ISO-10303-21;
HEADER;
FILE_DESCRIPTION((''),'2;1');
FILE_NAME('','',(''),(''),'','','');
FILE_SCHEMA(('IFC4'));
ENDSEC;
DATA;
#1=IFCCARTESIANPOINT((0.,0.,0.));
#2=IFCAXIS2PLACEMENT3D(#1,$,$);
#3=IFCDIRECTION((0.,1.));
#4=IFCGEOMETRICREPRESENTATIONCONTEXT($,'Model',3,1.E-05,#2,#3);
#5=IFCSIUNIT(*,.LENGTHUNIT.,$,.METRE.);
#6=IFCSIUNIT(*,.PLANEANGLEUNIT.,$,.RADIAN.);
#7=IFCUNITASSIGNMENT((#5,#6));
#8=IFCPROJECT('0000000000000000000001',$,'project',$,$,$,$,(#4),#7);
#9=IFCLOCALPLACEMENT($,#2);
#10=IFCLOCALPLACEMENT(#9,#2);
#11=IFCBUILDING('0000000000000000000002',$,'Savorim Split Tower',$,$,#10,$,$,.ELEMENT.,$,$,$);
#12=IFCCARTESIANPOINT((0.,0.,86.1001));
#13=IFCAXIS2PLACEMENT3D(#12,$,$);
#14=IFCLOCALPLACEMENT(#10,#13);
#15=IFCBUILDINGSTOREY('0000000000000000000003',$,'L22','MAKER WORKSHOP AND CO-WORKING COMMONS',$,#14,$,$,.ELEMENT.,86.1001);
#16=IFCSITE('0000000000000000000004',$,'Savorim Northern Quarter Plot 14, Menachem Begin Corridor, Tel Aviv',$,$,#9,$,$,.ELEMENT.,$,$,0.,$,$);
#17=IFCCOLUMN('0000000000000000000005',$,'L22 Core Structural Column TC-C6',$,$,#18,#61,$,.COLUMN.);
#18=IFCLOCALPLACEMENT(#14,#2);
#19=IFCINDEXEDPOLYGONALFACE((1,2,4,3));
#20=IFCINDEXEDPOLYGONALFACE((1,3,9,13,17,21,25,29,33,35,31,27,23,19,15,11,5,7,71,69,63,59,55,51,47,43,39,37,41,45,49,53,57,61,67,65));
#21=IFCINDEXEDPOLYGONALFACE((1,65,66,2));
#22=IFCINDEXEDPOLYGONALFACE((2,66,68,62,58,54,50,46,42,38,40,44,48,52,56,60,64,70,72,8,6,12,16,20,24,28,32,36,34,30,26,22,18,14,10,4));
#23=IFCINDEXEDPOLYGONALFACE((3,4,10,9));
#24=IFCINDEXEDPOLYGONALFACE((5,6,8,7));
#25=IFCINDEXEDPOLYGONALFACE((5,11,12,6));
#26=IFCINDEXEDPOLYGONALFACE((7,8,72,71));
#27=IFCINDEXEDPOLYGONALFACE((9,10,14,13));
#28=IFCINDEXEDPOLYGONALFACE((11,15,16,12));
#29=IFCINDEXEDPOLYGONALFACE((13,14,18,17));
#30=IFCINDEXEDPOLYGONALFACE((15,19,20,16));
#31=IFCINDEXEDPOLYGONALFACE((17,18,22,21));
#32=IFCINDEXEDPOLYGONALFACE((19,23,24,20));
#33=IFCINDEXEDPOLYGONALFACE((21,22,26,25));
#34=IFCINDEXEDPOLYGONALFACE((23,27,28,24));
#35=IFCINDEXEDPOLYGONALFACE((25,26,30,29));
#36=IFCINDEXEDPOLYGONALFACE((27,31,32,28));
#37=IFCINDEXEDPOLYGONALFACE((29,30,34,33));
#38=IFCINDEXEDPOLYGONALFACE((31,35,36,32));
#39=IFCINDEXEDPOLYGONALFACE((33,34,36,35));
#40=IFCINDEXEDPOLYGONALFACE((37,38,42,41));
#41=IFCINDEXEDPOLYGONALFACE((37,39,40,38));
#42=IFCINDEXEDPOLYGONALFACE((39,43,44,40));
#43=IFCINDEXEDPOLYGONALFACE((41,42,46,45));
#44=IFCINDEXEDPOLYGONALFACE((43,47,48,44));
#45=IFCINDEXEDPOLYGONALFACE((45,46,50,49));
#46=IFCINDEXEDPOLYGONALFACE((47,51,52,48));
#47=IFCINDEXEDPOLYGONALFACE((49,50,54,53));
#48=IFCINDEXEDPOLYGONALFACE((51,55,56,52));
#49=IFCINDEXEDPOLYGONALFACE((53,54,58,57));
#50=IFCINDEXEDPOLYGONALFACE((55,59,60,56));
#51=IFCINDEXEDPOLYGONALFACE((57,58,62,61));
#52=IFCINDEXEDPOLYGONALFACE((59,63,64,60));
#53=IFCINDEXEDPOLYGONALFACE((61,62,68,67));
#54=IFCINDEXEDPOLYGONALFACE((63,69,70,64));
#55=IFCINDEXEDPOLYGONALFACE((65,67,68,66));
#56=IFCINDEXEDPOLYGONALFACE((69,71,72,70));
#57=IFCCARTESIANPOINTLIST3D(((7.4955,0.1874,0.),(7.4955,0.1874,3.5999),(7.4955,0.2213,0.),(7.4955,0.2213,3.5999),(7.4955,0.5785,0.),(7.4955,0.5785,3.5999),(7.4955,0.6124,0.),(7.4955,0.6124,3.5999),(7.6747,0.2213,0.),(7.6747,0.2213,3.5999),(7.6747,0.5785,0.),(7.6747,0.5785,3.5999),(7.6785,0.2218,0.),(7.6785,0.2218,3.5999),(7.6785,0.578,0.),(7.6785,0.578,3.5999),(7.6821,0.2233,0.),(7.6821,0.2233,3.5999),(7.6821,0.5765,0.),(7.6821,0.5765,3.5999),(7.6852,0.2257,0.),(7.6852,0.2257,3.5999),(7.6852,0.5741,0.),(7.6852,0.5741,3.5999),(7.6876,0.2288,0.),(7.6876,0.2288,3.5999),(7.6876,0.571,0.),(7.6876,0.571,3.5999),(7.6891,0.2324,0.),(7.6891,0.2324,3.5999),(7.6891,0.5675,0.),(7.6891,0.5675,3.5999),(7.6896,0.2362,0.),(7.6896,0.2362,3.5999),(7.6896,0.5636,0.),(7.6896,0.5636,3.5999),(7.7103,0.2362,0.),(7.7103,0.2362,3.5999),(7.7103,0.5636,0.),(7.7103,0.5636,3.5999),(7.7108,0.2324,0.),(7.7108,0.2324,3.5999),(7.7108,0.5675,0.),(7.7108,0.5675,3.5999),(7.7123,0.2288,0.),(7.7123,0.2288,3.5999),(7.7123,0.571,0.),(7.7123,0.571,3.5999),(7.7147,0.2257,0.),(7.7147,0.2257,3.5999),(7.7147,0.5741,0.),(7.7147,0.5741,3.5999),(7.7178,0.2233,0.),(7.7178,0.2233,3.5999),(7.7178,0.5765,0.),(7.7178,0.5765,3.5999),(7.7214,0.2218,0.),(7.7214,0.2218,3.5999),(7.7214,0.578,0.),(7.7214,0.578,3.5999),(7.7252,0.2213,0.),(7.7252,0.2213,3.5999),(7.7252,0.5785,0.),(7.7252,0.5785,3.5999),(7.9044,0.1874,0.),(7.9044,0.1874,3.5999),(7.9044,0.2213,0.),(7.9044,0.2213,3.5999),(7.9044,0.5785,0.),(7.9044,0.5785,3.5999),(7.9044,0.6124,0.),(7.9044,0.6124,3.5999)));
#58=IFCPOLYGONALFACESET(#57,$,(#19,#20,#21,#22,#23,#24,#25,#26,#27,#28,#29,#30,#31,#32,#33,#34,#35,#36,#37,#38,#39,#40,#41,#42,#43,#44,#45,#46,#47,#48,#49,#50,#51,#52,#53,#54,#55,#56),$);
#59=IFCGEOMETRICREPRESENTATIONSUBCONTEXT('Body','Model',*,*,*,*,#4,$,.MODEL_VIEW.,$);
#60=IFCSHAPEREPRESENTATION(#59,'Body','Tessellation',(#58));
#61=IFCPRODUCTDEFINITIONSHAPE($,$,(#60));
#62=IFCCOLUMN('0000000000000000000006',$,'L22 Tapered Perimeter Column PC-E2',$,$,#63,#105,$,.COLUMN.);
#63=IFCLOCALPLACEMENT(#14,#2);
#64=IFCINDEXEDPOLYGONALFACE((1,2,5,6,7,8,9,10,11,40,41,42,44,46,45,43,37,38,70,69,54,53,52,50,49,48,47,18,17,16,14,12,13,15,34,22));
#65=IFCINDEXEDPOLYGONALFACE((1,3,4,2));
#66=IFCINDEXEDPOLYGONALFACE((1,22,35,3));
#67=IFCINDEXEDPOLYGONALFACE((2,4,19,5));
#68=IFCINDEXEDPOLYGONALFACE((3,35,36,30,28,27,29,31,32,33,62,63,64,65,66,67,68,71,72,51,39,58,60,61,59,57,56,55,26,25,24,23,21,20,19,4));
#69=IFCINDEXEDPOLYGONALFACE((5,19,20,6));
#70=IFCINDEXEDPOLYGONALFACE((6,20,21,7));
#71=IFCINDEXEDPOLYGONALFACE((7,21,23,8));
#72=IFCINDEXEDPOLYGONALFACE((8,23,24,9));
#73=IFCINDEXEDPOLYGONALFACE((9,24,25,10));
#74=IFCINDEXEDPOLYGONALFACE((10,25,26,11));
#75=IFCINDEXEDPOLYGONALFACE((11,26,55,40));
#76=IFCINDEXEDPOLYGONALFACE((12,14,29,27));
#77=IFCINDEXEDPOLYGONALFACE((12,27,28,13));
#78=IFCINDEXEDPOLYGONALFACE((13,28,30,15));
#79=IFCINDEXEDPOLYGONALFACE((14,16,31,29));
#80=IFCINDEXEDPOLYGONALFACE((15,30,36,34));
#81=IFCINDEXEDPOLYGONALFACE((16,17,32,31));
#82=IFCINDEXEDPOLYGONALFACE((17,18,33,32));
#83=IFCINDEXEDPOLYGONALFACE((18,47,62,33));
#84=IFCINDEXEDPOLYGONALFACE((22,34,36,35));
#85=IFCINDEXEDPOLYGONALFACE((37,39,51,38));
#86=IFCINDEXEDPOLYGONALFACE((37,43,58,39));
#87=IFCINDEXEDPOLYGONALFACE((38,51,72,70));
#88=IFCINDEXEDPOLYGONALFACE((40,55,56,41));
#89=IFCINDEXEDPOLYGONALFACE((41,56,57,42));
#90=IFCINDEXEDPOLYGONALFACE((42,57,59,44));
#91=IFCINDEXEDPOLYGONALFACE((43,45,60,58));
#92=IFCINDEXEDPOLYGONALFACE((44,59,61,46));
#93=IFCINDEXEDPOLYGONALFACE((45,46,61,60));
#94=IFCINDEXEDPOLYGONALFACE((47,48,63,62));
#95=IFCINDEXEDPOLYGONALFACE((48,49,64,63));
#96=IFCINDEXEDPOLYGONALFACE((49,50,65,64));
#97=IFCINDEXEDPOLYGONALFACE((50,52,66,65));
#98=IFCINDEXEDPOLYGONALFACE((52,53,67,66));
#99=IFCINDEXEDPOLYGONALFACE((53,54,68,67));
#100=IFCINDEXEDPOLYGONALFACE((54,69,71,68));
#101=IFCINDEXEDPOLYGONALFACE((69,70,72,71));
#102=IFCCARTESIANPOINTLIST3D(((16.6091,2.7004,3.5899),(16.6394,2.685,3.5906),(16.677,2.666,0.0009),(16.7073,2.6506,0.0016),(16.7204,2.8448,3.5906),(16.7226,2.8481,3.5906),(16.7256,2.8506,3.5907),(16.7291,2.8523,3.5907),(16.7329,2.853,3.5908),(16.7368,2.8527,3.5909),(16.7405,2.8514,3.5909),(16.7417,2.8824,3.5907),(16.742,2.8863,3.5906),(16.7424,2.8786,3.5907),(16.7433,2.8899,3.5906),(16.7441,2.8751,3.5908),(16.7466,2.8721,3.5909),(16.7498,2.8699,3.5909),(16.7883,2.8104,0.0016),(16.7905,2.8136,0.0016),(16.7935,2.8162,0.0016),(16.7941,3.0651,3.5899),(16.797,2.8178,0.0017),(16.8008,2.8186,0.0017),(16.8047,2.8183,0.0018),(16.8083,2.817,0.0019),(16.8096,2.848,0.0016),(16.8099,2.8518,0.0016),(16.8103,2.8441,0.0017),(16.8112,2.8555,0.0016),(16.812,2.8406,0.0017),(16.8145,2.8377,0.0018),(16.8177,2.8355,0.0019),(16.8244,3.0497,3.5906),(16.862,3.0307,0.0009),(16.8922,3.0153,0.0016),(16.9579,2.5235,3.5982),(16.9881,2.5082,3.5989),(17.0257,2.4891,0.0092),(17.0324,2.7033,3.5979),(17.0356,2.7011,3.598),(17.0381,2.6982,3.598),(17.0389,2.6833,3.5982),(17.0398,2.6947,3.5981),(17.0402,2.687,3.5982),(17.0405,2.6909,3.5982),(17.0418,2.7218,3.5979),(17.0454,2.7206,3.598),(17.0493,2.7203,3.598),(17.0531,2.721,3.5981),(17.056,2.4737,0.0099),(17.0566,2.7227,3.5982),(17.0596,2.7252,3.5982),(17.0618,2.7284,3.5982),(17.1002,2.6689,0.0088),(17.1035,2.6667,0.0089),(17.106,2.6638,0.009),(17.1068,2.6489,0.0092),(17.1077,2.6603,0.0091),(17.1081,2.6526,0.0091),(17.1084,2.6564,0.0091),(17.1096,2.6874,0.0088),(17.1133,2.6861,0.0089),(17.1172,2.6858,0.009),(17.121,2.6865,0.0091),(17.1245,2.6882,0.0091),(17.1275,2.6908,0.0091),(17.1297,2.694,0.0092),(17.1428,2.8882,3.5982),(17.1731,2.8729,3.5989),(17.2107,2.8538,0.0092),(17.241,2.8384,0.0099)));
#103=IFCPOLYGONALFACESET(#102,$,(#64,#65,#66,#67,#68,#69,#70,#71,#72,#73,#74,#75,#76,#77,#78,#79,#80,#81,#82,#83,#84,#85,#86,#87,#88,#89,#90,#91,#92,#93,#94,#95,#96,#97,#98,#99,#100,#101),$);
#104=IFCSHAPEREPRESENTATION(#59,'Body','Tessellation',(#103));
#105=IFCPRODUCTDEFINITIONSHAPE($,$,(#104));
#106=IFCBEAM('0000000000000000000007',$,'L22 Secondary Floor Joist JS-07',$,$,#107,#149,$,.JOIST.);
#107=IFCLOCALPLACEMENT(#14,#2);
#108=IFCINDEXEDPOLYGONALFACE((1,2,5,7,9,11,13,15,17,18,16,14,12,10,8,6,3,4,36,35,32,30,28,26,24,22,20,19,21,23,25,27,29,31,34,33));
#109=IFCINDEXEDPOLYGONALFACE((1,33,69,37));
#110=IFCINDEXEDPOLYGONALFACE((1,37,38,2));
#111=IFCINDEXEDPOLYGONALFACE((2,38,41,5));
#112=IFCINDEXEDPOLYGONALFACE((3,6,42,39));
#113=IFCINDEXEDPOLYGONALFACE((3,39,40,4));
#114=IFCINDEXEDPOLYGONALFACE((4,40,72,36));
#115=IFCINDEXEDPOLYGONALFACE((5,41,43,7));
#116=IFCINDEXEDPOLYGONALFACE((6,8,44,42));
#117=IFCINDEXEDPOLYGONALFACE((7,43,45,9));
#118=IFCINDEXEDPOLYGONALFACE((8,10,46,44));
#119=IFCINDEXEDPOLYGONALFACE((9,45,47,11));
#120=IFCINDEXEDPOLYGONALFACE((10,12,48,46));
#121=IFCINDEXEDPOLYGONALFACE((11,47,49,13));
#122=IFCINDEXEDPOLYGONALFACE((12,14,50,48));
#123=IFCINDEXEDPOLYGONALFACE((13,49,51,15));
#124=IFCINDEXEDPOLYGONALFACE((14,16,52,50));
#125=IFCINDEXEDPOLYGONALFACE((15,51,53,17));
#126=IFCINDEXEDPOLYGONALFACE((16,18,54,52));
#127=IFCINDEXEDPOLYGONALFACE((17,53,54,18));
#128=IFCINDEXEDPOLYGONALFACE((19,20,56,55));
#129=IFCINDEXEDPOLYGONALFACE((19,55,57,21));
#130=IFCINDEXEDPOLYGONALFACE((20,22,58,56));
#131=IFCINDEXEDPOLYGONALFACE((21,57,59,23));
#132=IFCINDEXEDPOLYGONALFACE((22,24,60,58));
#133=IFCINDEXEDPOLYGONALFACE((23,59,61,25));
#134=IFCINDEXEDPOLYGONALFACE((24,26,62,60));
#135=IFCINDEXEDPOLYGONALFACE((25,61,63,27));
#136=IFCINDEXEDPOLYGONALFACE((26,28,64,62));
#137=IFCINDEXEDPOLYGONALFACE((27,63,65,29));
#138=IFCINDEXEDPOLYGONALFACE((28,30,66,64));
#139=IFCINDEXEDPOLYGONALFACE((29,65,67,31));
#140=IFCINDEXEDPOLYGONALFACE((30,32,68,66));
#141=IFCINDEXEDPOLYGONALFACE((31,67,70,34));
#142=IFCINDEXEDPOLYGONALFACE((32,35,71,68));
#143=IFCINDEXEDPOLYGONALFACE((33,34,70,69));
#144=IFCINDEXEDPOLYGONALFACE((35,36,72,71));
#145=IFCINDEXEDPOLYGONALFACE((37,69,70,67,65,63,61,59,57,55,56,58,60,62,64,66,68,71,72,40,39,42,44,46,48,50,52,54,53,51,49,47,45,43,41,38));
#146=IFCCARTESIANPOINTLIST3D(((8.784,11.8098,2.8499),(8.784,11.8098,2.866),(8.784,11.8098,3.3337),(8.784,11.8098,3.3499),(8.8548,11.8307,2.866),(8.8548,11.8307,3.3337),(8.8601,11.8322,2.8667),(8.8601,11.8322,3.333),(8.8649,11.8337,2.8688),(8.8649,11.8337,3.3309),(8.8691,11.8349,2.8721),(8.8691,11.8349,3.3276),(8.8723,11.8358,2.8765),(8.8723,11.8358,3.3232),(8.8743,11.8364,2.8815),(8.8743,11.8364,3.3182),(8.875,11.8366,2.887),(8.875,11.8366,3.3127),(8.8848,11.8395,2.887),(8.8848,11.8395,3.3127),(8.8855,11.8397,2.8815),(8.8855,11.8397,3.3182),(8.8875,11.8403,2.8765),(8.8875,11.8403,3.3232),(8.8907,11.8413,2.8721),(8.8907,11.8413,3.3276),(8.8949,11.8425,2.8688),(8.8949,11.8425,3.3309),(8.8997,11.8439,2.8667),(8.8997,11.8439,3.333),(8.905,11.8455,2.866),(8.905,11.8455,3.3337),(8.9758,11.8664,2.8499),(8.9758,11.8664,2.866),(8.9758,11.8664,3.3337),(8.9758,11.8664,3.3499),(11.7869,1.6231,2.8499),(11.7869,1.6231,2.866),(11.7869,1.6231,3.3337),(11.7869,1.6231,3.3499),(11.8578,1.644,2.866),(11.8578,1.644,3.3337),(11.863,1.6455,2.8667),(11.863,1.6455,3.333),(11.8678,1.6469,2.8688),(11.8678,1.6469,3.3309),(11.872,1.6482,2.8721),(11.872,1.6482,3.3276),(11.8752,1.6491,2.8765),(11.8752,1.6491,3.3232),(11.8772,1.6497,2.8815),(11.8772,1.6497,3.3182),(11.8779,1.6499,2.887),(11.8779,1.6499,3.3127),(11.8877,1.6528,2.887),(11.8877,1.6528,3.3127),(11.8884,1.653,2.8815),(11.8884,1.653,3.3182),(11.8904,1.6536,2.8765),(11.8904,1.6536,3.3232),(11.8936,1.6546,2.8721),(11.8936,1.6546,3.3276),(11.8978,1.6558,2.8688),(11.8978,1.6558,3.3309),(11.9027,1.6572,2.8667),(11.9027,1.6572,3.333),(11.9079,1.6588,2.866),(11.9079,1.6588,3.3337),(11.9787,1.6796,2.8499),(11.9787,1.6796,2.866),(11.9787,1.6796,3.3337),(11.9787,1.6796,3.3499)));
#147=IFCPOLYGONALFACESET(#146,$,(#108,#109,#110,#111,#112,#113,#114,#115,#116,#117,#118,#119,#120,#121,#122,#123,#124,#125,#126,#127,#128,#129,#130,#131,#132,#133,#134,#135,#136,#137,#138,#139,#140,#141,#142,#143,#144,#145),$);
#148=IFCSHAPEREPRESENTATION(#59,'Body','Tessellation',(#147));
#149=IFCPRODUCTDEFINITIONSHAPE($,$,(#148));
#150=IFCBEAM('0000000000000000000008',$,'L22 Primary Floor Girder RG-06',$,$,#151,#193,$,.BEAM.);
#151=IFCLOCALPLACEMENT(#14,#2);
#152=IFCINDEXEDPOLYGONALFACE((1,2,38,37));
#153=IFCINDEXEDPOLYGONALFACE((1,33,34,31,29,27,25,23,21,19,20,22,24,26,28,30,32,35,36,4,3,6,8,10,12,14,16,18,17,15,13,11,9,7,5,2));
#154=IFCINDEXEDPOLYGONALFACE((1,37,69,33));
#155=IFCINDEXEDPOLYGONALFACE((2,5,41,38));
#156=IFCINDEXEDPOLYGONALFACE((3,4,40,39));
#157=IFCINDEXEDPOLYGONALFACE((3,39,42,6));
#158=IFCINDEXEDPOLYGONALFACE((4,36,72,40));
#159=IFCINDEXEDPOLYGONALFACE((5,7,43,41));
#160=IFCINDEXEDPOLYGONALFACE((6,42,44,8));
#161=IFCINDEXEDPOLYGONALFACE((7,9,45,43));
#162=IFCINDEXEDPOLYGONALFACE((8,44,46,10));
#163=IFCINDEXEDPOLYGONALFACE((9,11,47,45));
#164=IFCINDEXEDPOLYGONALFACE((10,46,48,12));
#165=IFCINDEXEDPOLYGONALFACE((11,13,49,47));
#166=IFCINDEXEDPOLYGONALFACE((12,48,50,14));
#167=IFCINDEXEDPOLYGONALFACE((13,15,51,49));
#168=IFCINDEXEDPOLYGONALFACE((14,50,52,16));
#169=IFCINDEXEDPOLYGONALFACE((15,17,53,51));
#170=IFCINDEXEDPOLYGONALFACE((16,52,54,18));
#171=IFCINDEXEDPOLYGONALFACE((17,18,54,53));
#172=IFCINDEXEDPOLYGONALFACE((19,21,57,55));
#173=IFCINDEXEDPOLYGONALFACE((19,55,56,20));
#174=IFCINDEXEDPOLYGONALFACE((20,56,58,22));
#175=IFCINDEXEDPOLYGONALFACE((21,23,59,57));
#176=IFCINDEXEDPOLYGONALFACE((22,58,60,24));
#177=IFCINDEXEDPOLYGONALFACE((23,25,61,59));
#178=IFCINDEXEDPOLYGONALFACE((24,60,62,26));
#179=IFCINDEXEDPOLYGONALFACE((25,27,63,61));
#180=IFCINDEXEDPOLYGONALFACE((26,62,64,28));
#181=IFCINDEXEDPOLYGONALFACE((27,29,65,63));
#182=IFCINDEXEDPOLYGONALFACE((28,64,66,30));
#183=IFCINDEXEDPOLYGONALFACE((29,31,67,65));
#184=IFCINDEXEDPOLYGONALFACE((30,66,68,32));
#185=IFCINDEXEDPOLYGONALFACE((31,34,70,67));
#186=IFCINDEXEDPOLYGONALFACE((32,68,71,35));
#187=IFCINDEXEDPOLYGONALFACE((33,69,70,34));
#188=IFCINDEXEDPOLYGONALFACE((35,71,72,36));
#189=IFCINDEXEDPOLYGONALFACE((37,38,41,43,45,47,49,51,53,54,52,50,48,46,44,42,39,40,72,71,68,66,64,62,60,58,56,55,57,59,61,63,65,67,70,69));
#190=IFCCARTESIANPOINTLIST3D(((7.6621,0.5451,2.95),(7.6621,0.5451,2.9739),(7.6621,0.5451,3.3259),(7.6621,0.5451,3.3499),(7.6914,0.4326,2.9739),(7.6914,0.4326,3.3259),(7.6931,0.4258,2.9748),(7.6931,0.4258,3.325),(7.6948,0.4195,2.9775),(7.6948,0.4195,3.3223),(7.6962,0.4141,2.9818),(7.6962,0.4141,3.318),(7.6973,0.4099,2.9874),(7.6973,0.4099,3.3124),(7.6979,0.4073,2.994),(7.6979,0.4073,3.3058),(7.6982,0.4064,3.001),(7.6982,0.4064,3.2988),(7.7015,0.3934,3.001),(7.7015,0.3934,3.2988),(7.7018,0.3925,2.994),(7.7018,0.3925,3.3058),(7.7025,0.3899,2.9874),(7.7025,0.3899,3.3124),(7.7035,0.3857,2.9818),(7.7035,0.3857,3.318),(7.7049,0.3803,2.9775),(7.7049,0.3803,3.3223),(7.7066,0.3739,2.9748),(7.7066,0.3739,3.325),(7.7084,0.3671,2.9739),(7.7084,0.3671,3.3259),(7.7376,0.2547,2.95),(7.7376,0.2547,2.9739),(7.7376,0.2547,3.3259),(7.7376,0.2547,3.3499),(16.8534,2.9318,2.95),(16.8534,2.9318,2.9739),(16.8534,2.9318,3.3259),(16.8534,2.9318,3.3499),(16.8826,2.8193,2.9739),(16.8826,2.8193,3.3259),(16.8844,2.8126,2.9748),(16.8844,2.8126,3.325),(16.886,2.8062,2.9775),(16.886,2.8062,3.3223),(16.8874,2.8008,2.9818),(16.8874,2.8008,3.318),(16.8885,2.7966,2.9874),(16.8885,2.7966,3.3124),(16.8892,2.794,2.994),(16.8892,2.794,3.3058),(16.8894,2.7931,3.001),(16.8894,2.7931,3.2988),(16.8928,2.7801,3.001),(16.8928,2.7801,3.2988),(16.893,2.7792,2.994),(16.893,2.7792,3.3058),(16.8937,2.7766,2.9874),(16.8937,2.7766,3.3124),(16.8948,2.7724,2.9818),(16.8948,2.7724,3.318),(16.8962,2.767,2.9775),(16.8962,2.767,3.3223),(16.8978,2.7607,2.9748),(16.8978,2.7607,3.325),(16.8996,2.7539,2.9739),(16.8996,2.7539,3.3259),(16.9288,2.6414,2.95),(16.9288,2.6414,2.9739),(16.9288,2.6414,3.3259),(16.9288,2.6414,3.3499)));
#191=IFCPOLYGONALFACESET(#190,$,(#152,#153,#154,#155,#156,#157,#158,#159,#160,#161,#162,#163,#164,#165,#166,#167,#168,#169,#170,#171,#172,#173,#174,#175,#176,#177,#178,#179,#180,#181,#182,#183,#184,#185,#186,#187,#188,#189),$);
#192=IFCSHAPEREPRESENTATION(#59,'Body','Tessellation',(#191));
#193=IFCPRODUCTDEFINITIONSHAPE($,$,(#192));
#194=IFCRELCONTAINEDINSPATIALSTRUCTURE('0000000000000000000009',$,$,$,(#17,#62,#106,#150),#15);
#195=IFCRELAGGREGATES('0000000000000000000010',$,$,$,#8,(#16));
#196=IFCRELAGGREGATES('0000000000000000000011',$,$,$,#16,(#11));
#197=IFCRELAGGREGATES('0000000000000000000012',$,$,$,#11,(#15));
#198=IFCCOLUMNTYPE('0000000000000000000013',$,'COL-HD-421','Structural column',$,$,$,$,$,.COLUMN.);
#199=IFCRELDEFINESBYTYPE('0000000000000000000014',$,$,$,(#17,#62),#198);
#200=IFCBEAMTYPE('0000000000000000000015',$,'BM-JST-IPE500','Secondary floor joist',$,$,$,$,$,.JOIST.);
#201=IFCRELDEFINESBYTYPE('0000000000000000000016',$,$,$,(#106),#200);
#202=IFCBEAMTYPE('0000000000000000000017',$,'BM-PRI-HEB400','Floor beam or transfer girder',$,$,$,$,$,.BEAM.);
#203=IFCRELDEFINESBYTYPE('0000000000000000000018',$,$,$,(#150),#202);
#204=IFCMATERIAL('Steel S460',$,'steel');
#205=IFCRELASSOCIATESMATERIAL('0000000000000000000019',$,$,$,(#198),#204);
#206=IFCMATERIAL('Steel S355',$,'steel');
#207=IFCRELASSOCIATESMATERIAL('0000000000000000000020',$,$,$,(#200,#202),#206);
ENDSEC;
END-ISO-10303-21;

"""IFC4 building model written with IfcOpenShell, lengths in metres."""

from ifc_helpers import new_model, si_unit, direction, frame, origin, origin_2d, place, context, subcontext, project, spatial, i_section, extrude, material, material_profile, profile_set, type_object, element, save


model = new_model("IFC4")

# Units and contexts
model_context = context("Model", 3, precision=1e-05, world=origin(), true_north=direction((0.0, 1.0)))
body_context = subcontext(model_context, "Body", "Model", "MODEL_VIEW")
ifc_project = project(units=[si_unit("LENGTHUNIT", "METRE"), si_unit("PLANEANGLEUNIT", "RADIAN")], contexts=[model_context])

# Site, building, storey
site_placement = place(None, origin())
site = spatial("IfcSite", under=ifc_project, at=site_placement, Name="Savorim Northern Quarter Plot 14, Menachem Begin Corridor, Tel Aviv", CompositionType="ELEMENT", RefElevation=0.0)
building_placement = place(site_placement, origin())
building = spatial("IfcBuilding", under=site, at=building_placement, Name="Savorim Split Tower", CompositionType="ELEMENT")
storey_placement = place(building_placement, frame((0.0, 0.0, 86.1001)))
storey = spatial("IfcBuildingStorey", under=building, at=storey_placement, Name="L22", Description="MAKER WORKSHOP AND CO-WORKING COMMONS", CompositionType="ELEMENT", Elevation=86.1001)

# Columns
ifc_material_1 = material(Name="Steel S460", Category="steel")
ifc_material_profile_1 = material_profile(ifc_material_1, i_section(OverallWidth=0.4089, OverallDepth=0.425, WebThickness=0.0208, FlangeThickness=0.0339, FilletRadius=0.0149, at=origin_2d()), Name="HD 400x421")
ifc_profile_set_1 = profile_set([ifc_material_profile_1], Name="Steel S460")
column_type = type_object("IfcColumnType", Name="COL-HD-421", Description="Structural column", PredefinedType="COLUMN", material=ifc_profile_set_1)
column_1_placement = place(storey_placement, frame((7.7, 0.3999, 0.0), z_axis=(0.0, 0.0, 1.0), x_axis=(1.0, 0.0, 0.0)))
element("IfcColumn", 1, at=column_1_placement, inside=storey, type_object=column_type, Name="L22 Core Structural Column TC-C6", PredefinedType="COLUMN", context=body_context, shape_type="SweptSolid", body=[
    extrude(i_section(OverallWidth=0.4089, OverallDepth=0.425, WebThickness=0.0208, FlangeThickness=0.0339, FilletRadius=0.0149, at=origin_2d()), origin(), (0.0, 0.0, 1.0), 3.5999),
])
column_2_placement = place(storey_placement, frame((16.959, 2.7522, 0.0054), z_axis=(-0.018906, 0.009589, 0.999775), x_axis=(-0.452339, -0.891846, 0.0)))
element("IfcColumn", 2, at=column_2_placement, inside=storey, type_object=column_type, Name="L22 Tapered Perimeter Column PC-E2", PredefinedType="COLUMN", context=body_context, shape_type="SweptSolid", body=[
    extrude(i_section(OverallWidth=0.4089, OverallDepth=0.425, WebThickness=0.0208, FlangeThickness=0.0339, FilletRadius=0.0149, at=origin_2d()), origin(), (0.0, 0.0, 1.0), 3.5898),
])

# Beams
ifc_material_2 = material(Name="Steel S355", Category="steel")
ifc_material_profile_2 = material_profile(ifc_material_2, i_section(OverallWidth=0.2, OverallDepth=0.5, WebThickness=0.0103, FlangeThickness=0.0161, FilletRadius=0.021, at=origin_2d()), Name="IPE 500")
ifc_profile_set_2 = profile_set([ifc_material_profile_2], Name="Steel S355")
beam_type_1 = type_object("IfcBeamType", Name="BM-JST-IPE500", Description="Secondary floor joist", PredefinedType="JOIST", material=ifc_profile_set_2)
beam_1_placement = place(storey_placement, frame((11.8828, 1.6514, 3.0999), z_axis=(-0.282757, 0.959191, 0.0), x_axis=(-0.959191, -0.282757, 0.0)))
element("IfcBeam", 3, at=beam_1_placement, inside=storey, type_object=beam_type_1, Name="L22 Secondary Floor Joist JS-07", PredefinedType="JOIST", context=body_context, shape_type="SweptSolid", body=[
    extrude(i_section(OverallWidth=0.2, OverallDepth=0.5, WebThickness=0.0103, FlangeThickness=0.0161, FilletRadius=0.021, at=origin_2d()), origin(), (0.0, 0.0, 1.0), 10.6201),
])
ifc_material_profile_3 = material_profile(ifc_material_2, i_section(OverallWidth=0.3, OverallDepth=0.3999, WebThickness=0.0134, FlangeThickness=0.0239, FilletRadius=0.0271, at=origin_2d()), Name="HEB 400")
ifc_profile_set_3 = profile_set([ifc_material_profile_3], Name="Steel S355")
beam_type_2 = type_object("IfcBeamType", Name="BM-PRI-HEB400", Description="Floor beam or transfer girder", PredefinedType="BEAM", material=ifc_profile_set_3)
beam_2_placement = place(storey_placement, frame((16.8911, 2.7866, 3.1499), z_axis=(-0.967899, -0.25134, 0.0), x_axis=(0.25134, -0.967899, 0.0)))
element("IfcBeam", 4, at=beam_2_placement, inside=storey, type_object=beam_type_2, Name="L22 Primary Floor Girder RG-06", PredefinedType="BEAM", context=body_context, shape_type="SweptSolid", body=[
    extrude(i_section(OverallWidth=0.3, OverallDepth=0.3999, WebThickness=0.0134, FlangeThickness=0.0239, FilletRadius=0.0271, at=origin_2d()), origin(), (0.0, 0.0, 1.0), 9.4961),
])

save(model, "model.ifc")
